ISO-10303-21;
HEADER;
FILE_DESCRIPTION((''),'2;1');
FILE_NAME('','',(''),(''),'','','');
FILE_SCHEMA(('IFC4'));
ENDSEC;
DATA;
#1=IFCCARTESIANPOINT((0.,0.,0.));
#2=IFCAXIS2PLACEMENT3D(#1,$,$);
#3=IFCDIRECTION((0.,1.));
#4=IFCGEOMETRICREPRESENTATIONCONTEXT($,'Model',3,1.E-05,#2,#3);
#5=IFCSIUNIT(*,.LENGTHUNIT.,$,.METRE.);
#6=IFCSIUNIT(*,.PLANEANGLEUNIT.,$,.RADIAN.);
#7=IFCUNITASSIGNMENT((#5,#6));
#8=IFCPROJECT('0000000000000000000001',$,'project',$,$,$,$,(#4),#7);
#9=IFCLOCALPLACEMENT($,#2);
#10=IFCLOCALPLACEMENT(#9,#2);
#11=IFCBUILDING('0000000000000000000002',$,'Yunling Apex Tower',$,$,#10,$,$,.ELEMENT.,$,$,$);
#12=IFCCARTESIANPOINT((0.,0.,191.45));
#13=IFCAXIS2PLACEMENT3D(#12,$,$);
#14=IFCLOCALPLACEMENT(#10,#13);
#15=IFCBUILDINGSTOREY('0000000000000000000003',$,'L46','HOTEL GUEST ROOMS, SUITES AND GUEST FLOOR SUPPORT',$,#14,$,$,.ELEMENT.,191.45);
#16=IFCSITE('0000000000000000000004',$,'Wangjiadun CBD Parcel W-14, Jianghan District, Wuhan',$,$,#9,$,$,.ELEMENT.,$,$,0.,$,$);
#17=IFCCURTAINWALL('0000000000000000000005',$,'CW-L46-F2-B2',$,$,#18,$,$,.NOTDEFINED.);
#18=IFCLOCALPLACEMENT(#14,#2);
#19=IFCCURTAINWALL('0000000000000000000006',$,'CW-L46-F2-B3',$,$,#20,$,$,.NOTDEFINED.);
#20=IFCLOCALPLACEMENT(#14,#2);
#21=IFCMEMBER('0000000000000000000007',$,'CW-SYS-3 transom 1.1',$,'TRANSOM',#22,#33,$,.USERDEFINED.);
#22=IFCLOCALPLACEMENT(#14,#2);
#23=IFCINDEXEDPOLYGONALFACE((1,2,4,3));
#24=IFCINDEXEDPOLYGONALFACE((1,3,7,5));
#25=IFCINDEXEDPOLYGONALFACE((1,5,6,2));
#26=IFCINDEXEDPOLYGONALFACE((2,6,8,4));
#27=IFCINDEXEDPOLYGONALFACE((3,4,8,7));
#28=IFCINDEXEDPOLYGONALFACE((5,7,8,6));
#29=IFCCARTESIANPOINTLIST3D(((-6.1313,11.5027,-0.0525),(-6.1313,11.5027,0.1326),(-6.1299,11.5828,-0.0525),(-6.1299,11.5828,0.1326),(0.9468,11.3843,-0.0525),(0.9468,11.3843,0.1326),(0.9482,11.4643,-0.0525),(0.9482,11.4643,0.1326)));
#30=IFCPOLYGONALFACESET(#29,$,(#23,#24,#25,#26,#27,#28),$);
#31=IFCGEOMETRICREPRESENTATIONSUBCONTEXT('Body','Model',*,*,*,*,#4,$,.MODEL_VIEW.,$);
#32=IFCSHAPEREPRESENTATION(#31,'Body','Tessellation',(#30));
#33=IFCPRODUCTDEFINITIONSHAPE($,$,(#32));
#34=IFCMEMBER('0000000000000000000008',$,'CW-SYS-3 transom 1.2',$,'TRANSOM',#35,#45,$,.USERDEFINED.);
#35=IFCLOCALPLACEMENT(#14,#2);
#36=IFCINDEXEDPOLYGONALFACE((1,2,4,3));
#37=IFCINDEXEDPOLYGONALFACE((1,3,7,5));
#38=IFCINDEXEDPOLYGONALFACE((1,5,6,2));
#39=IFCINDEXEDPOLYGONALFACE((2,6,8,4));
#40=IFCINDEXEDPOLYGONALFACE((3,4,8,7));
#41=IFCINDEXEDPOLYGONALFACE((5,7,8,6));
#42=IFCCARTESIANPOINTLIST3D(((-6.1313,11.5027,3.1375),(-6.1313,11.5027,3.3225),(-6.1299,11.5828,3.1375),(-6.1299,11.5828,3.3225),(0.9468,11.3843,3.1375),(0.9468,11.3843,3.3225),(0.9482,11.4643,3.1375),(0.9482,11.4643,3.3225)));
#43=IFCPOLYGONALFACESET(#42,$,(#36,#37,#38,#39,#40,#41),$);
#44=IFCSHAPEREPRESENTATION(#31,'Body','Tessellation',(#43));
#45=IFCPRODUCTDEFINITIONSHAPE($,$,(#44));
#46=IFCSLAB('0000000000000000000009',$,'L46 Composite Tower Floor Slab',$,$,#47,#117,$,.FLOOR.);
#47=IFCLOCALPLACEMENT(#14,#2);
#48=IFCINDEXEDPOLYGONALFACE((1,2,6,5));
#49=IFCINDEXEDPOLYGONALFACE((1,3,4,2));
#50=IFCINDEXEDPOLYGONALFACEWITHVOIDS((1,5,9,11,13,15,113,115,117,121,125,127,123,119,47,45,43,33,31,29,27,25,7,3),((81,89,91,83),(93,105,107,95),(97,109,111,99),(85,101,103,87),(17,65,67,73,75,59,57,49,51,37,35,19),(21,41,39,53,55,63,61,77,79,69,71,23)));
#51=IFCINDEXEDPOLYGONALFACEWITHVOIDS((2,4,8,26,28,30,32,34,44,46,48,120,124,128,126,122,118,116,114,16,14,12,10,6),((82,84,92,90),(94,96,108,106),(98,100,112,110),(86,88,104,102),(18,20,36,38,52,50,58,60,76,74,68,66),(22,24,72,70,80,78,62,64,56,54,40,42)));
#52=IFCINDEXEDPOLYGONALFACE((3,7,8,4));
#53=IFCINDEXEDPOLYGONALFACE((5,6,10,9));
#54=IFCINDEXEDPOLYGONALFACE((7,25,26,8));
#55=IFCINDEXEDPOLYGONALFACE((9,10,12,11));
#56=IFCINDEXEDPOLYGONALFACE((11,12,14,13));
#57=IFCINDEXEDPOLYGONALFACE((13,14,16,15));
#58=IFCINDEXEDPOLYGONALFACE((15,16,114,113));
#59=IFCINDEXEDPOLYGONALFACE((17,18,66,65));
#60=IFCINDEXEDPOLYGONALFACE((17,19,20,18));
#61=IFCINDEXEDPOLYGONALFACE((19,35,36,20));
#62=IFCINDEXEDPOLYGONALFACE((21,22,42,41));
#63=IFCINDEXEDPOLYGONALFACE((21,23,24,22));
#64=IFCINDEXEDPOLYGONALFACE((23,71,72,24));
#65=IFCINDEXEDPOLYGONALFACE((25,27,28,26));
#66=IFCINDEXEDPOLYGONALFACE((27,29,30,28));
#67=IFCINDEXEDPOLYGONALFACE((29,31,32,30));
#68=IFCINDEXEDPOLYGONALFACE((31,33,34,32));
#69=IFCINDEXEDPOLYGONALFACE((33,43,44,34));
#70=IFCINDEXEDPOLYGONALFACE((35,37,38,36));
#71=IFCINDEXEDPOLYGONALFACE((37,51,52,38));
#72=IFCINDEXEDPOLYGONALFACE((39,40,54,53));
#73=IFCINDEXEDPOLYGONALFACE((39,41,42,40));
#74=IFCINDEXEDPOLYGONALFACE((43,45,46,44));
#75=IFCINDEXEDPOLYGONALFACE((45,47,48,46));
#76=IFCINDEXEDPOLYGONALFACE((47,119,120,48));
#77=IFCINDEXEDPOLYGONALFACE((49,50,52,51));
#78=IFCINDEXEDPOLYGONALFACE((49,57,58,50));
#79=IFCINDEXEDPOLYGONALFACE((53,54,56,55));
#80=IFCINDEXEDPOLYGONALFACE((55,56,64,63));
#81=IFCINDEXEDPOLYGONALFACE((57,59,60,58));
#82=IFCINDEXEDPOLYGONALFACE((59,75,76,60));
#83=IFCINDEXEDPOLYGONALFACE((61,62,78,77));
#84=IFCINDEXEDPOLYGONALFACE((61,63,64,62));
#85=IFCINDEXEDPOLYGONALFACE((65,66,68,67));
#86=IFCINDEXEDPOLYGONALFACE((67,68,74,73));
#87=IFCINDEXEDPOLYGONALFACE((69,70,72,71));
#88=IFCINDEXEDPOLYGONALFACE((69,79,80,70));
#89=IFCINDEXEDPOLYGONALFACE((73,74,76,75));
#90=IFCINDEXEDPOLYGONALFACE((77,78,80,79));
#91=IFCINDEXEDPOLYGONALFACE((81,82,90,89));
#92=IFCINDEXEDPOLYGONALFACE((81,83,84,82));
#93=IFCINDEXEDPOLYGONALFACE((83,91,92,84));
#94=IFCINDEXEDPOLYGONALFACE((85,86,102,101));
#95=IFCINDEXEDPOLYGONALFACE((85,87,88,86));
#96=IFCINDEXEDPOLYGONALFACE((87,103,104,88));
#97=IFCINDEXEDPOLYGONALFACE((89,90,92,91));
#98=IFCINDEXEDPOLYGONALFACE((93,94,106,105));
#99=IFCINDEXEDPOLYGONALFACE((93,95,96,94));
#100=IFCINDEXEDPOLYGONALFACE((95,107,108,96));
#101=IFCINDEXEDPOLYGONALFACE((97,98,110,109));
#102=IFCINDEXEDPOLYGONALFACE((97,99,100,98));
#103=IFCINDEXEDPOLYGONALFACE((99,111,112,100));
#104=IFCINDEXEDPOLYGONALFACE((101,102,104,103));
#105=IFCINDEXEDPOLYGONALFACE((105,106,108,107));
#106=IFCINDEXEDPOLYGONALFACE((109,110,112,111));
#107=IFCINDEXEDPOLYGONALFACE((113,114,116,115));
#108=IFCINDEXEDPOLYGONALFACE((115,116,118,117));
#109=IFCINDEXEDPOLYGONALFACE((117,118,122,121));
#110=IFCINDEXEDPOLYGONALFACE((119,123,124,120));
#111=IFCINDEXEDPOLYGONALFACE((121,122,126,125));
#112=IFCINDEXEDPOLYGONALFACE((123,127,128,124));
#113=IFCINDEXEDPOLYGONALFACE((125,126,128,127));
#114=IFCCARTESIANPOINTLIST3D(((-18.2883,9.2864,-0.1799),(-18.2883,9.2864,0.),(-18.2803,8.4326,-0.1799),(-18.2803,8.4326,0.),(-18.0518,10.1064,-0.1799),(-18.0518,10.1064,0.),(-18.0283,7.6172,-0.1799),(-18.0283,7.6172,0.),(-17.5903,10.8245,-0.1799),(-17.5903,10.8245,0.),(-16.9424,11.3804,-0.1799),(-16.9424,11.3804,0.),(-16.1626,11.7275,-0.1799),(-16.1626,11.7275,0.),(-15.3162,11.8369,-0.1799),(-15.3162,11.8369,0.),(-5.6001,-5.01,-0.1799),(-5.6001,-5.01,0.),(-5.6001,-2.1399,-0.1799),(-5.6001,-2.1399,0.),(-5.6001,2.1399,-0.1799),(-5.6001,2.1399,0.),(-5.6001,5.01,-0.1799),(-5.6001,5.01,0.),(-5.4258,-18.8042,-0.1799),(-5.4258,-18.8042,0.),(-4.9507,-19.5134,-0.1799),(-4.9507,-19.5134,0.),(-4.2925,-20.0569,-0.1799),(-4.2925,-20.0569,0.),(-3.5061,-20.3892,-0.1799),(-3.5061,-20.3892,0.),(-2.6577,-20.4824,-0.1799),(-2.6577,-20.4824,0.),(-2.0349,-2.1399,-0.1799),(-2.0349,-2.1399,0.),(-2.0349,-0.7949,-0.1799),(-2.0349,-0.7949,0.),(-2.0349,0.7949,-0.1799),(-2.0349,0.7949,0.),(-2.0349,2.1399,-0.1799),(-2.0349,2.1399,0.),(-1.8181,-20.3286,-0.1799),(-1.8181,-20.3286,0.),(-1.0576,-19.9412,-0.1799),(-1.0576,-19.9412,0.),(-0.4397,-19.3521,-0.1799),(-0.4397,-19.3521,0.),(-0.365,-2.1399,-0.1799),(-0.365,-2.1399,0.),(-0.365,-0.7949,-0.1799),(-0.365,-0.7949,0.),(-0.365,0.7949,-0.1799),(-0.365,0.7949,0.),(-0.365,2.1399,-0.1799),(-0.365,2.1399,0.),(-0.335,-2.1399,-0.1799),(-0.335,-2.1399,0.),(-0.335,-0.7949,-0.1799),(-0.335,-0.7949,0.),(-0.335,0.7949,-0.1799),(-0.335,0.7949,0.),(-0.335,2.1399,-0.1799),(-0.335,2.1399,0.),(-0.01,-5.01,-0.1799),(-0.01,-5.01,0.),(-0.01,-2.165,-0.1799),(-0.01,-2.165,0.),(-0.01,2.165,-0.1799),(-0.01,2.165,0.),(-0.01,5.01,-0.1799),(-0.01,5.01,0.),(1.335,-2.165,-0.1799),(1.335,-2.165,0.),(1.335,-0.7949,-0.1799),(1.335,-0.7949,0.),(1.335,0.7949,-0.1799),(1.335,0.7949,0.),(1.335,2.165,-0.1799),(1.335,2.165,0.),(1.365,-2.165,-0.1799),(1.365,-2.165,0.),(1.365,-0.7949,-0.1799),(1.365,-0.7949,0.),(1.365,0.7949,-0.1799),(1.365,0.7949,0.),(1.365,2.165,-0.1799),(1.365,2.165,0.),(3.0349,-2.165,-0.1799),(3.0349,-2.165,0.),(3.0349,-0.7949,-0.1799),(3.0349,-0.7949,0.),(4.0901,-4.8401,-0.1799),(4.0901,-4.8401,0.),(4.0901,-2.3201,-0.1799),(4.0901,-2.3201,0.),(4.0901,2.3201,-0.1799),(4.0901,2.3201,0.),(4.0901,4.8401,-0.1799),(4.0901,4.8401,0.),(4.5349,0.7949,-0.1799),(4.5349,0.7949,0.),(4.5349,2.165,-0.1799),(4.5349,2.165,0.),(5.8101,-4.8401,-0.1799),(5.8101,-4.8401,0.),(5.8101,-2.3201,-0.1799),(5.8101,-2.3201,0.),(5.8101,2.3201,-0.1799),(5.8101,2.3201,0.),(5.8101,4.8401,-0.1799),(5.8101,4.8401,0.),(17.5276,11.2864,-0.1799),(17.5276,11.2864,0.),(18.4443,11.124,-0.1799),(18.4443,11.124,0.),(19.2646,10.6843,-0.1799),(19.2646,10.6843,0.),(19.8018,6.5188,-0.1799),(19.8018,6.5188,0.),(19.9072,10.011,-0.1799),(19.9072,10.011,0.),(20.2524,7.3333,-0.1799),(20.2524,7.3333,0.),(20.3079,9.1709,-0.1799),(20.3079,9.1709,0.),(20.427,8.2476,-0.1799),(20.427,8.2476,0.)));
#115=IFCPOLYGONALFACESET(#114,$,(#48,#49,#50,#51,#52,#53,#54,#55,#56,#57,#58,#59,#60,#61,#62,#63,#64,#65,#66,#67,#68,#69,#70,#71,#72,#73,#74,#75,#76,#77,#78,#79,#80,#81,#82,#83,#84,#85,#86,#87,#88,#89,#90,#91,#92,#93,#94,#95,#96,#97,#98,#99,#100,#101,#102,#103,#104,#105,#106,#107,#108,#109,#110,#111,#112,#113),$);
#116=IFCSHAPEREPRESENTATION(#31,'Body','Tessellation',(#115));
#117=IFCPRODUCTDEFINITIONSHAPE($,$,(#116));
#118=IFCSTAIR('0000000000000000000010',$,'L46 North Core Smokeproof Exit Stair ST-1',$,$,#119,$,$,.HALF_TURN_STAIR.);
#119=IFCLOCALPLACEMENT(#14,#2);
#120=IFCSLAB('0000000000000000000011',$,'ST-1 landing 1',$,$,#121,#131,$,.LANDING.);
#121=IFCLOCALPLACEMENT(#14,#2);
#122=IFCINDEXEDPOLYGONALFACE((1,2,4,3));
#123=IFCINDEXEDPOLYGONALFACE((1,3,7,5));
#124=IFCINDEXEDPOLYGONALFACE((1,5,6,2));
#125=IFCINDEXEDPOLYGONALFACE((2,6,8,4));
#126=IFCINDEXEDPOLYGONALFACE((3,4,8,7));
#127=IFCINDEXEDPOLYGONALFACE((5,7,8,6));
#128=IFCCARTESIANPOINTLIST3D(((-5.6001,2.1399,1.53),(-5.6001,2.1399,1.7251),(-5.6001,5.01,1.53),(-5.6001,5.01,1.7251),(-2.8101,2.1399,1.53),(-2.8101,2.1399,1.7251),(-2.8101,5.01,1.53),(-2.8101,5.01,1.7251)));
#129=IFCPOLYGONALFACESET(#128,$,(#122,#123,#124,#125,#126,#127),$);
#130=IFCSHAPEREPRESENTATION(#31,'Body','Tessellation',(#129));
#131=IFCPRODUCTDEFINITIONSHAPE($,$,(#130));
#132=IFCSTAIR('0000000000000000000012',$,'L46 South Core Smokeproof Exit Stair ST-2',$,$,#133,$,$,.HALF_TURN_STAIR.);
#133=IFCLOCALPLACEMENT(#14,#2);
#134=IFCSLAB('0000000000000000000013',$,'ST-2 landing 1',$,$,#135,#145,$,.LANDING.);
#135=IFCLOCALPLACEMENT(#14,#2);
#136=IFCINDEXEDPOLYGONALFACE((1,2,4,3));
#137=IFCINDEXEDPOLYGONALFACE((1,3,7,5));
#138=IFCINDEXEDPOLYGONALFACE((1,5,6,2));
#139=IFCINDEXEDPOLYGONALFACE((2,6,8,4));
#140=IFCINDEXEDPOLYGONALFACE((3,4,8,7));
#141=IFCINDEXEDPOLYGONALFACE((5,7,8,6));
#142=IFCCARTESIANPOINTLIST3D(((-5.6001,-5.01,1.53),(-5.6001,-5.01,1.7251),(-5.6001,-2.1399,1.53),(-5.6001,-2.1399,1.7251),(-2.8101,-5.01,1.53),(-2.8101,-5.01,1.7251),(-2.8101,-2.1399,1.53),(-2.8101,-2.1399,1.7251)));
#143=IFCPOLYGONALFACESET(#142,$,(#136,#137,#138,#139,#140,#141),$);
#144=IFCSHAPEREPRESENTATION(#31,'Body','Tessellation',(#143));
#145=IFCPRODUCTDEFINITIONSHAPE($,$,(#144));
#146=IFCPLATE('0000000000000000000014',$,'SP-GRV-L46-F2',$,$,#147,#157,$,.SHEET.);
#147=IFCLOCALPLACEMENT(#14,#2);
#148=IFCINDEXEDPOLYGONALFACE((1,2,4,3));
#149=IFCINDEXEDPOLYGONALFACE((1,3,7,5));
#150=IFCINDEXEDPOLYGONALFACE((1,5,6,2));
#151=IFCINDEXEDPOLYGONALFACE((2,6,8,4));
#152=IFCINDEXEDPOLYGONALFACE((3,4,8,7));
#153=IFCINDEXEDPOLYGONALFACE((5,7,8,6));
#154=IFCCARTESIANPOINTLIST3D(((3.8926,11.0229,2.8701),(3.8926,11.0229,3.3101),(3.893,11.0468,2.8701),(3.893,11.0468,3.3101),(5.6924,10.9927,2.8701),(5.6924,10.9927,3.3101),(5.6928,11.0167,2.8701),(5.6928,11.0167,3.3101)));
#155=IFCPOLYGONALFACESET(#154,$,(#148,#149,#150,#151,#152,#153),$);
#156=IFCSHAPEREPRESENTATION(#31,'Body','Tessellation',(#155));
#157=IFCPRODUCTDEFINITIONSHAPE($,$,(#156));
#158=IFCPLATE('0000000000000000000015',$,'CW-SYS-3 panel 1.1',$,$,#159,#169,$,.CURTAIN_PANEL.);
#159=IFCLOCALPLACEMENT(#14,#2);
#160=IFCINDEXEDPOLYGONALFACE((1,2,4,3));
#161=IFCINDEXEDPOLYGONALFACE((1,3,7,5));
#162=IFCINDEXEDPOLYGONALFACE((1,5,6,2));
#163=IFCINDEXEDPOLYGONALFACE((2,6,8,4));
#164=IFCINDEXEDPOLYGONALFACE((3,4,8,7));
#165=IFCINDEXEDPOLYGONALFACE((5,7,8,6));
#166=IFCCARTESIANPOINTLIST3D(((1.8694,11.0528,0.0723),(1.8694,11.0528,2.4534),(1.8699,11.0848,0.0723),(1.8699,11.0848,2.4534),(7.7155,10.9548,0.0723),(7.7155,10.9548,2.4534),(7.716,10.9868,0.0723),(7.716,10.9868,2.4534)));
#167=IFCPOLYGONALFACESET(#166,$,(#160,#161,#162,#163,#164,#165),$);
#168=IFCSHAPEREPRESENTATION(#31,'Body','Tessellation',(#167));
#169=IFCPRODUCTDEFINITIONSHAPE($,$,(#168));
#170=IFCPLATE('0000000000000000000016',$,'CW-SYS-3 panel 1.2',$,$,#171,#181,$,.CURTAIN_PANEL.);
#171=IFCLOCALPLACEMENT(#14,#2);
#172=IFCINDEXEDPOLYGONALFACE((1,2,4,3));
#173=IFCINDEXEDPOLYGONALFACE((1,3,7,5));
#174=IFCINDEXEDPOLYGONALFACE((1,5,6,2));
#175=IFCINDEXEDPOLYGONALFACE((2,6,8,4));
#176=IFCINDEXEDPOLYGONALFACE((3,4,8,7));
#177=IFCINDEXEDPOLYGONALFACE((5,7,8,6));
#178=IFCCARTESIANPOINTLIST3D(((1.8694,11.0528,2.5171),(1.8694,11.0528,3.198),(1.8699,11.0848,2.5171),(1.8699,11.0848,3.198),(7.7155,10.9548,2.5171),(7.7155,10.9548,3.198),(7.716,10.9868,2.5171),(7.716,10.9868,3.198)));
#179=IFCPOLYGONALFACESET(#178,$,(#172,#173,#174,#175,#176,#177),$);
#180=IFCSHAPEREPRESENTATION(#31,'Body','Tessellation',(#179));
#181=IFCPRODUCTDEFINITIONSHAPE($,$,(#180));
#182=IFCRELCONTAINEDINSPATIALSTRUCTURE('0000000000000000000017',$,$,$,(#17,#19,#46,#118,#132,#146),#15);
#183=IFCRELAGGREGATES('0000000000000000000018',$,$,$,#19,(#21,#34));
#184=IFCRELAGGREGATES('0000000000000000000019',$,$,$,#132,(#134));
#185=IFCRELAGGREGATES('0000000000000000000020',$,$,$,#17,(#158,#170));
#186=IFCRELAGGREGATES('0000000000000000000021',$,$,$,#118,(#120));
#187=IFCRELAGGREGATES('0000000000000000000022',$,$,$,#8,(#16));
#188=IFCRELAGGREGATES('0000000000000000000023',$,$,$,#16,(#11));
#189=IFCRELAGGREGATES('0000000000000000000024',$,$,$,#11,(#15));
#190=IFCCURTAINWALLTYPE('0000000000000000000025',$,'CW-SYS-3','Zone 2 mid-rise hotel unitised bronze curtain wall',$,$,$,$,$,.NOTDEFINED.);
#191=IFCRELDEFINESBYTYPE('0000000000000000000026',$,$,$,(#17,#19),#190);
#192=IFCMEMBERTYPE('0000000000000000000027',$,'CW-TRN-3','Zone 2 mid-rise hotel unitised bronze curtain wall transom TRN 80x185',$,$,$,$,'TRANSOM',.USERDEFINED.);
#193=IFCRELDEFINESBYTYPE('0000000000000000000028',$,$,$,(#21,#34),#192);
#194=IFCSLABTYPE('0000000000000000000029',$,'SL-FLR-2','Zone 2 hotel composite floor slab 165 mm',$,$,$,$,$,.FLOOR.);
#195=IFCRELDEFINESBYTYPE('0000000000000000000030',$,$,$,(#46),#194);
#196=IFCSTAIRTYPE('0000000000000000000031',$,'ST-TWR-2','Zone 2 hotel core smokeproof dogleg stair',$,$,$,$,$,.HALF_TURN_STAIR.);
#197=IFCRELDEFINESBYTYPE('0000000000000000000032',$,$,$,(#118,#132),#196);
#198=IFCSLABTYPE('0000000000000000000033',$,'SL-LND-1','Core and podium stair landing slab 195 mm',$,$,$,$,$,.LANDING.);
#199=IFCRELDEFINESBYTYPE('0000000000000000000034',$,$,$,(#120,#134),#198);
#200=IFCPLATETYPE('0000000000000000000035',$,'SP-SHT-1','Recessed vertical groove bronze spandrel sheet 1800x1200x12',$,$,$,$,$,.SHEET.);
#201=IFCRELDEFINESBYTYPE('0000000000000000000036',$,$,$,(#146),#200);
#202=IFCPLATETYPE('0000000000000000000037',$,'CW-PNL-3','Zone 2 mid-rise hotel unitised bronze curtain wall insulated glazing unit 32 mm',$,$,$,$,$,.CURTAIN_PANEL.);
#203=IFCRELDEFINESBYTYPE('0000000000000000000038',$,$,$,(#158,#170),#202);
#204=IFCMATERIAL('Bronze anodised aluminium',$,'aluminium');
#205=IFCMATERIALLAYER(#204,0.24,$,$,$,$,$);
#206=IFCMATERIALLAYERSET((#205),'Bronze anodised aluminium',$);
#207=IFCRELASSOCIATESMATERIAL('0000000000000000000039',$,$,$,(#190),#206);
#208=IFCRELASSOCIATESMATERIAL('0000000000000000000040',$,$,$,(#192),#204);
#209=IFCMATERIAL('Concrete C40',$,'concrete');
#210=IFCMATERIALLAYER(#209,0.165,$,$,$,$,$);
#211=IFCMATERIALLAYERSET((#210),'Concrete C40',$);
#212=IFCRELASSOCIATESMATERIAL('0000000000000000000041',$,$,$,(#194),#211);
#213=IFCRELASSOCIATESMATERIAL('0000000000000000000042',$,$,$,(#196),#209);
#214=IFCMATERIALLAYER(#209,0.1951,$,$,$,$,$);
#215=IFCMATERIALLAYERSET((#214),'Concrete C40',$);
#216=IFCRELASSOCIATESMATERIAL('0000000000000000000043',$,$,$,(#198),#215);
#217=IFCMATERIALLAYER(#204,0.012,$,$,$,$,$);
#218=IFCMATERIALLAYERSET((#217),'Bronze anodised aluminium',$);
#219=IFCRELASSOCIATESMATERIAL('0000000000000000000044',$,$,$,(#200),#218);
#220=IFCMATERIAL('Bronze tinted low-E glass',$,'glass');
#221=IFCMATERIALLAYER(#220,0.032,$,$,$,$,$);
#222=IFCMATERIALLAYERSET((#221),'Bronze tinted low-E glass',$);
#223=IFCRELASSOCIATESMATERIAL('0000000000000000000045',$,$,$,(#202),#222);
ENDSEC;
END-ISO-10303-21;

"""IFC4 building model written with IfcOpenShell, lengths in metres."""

from ifc_helpers import new_model, si_unit, direction, frame, origin, origin_2d, place, context, subcontext, project, spatial, polyline, rectangle, outline, extrude, source, transform, mapped, material, layer, layer_set, material_profile, profile_set, type_object, element, aggregate, save


model = new_model("IFC4")

# Units and contexts
model_context = context("Model", 3, precision=1e-05, world=origin(), true_north=direction((0.0, 1.0)))
body_context = subcontext(model_context, "Body", "Model", "MODEL_VIEW")
ifc_project = project(units=[si_unit("LENGTHUNIT", "METRE"), si_unit("PLANEANGLEUNIT", "RADIAN")], contexts=[model_context])

# Site, building, storey
site_placement = place(None, origin())
site = spatial("IfcSite", under=ifc_project, at=site_placement, Name="Wangjiadun CBD Parcel W-14, Jianghan District, Wuhan", CompositionType="ELEMENT", RefElevation=0.0)
building_placement = place(site_placement, origin())
building = spatial("IfcBuilding", under=site, at=building_placement, Name="Yunling Apex Tower", CompositionType="ELEMENT")
storey_placement = place(building_placement, frame((0.0, 0.0, 191.45)))
storey = spatial("IfcBuildingStorey", under=building, at=storey_placement, Name="L46", Description="HOTEL GUEST ROOMS, SUITES AND GUEST FLOOR SUPPORT", CompositionType="ELEMENT", Elevation=191.45)

# Curtain wall
ifc_material_1 = material(Name="Bronze anodised aluminium", Category="aluminium")
ifc_layer_1 = layer(ifc_material_1, 0.24)
ifc_layer_set_1 = layer_set([ifc_layer_1], Name="Bronze anodised aluminium")
curtain_wall_type = type_object("IfcCurtainWallType", Name="CW-SYS-3", Description="Zone 2 mid-rise hotel unitised bronze curtain wall", PredefinedType="NOTDEFINED", material=ifc_layer_set_1)
curtain_wall_1_placement = place(storey_placement, origin())
curtain_wall_1 = element("IfcCurtainWall", 1, at=curtain_wall_1_placement, inside=storey, type_object=curtain_wall_type, Name="CW-L46-F2-B2", PredefinedType="NOTDEFINED")

# Curtain wall, members
curtain_wall_2_placement = place(storey_placement, origin())
curtain_wall_2 = element("IfcCurtainWall", 2, at=curtain_wall_2_placement, inside=storey, type_object=curtain_wall_type, Name="CW-L46-F2-B3", PredefinedType="NOTDEFINED")
ifc_material_profile_1 = material_profile(ifc_material_1, rectangle(XDim=0.0801, YDim=0.1851, at=origin_2d()))
ifc_profile_set_1 = profile_set([ifc_material_profile_1], Name="Bronze anodised aluminium")
member_type_1 = type_object("IfcMemberType", Name="CW-TRN-3", Description="Zone 2 mid-rise hotel unitised bronze curtain wall transom TRN 80x185", ElementType="TRANSOM", PredefinedType="USERDEFINED", material=ifc_profile_set_1)
shared_shape_1 = source(origin(), body_context, "Body", "SweptSolid", [
    extrude(rectangle(XDim=0.0801, YDim=0.1851, at=origin_2d()), origin(), (0.0, 0.0, 1.0), 7.0791),
])
member_1_placement = place(storey_placement, frame((0.9475, 11.4243, 0.04), z_axis=(-0.99986, 0.016726, 0.0), x_axis=(-0.016726, -0.99986, 0.0)))
member_1 = element("IfcMember", 3, at=member_1_placement, type_object=member_type_1, Name="CW-SYS-3 transom 1.1", ObjectType="TRANSOM", PredefinedType="USERDEFINED", context=body_context, shape_type="MappedRepresentation", body=[
    mapped(shared_shape_1, transform((0.0, 0.0, 0.0), scale=1.0)),
])
member_2_placement = place(storey_placement, frame((0.9475, 11.4243, 3.23), z_axis=(-0.99986, 0.016726, 0.0), x_axis=(-0.016726, -0.99986, 0.0)))
member_2 = element("IfcMember", 4, at=member_2_placement, type_object=member_type_1, Name="CW-SYS-3 transom 1.2", ObjectType="TRANSOM", PredefinedType="USERDEFINED", context=body_context, shape_type="MappedRepresentation", body=[
    mapped(shared_shape_1, transform((0.0, 0.0, 0.0), scale=1.0)),
])
aggregate(curtain_wall_2, [member_1, member_2])

# Slab
ifc_material_2 = material(Name="Concrete C40", Category="concrete")
ifc_layer_2 = layer(ifc_material_2, 0.165)
ifc_layer_set_2 = layer_set([ifc_layer_2], Name="Concrete C40")
slab_type_1 = type_object("IfcSlabType", Name="SL-FLR-2", Description="Zone 2 hotel composite floor slab 165 mm", PredefinedType="FLOOR", material=ifc_layer_set_2)
slab_1_placement = place(storey_placement, frame((0.0, 0.0, -0.1799)))
element("IfcSlab", 5, at=slab_1_placement, inside=storey, type_object=slab_type_1, Name="L46 Composite Tower Floor Slab", PredefinedType="FLOOR", context=body_context, shape_type="SweptSolid", body=[
    extrude(outline(polyline([(-5.4258, -18.8042), (-4.9507, -19.5134), (-4.2925, -20.0569), (-3.5061, -20.3892), (-2.6577, -20.4824), (-1.8181, -20.3286), (-1.0576, -19.9412), (-0.4397, -19.3521), (19.8018, 6.5188), (20.2524, 7.3333), (20.427, 8.2476), (20.3079, 9.1709), (19.9072, 10.011), (19.2646, 10.6843), (18.4443, 11.124), (17.5276, 11.2864), (-15.3162, 11.8369), (-16.1626, 11.7275), (-16.9424, 11.3804), (-17.5903, 10.8245), (-18.0518, 10.1064), (-18.2883, 9.2864), (-18.2803, 8.4326), (-18.0283, 7.6172), (-5.4258, -18.8042)]), holes=[polyline([(5.8101, -2.3201), (5.8101, -4.8401), (4.0901, -4.8401), (4.0901, -2.3201), (5.8101, -2.3201)]), polyline([(5.8101, 4.8401), (5.8101, 2.3201), (4.0901, 2.3201), (4.0901, 4.8401), (5.8101, 4.8401)]), polyline([(4.5349, 0.7949), (1.365, 0.7949), (1.365, 2.165), (4.5349, 2.165), (4.5349, 0.7949)]), polyline([(3.0349, -0.7949), (3.0349, -2.165), (1.365, -2.165), (1.365, -0.7949), (3.0349, -0.7949)]), polyline([(-2.0349, -0.7949), (-0.365, -0.7949), (-0.365, -2.1399), (-0.335, -2.1399), (-0.335, -0.7949), (1.335, -0.7949), (1.335, -2.165), (-0.01, -2.165), (-0.01, -5.01), (-5.6001, -5.01), (-5.6001, -2.1399), (-2.0349, -2.1399), (-2.0349, -0.7949)]), polyline([(-5.6001, 2.1399), (-5.6001, 5.01), (-0.01, 5.01), (-0.01, 2.165), (1.335, 2.165), (1.335, 0.7949), (-0.335, 0.7949), (-0.335, 2.1399), (-0.365, 2.1399), (-0.365, 0.7949), (-2.0349, 0.7949), (-2.0349, 2.1399), (-5.6001, 2.1399)])]), origin(), (0.0, 0.0, 1.0), 0.1799),
])

# Stairs, slabs
stair_type = type_object("IfcStairType", Name="ST-TWR-2", Description="Zone 2 hotel core smokeproof dogleg stair", PredefinedType="HALF_TURN_STAIR", material=ifc_material_2)
stair_1_placement = place(storey_placement, origin())
stair_1 = element("IfcStair", 6, at=stair_1_placement, inside=storey, type_object=stair_type, Name="L46 North Core Smokeproof Exit Stair ST-1", PredefinedType="HALF_TURN_STAIR")
ifc_layer_3 = layer(ifc_material_2, 0.1951)
ifc_layer_set_3 = layer_set([ifc_layer_3], Name="Concrete C40")
slab_type_2 = type_object("IfcSlabType", Name="SL-LND-1", Description="Core and podium stair landing slab 195 mm", PredefinedType="LANDING", material=ifc_layer_set_3)
slab_2_placement = place(storey_placement, frame((0.0, 0.0, 1.53)))
slab_2 = element("IfcSlab", 7, at=slab_2_placement, type_object=slab_type_2, Name="ST-1 landing 1", PredefinedType="LANDING", context=body_context, shape_type="SweptSolid", body=[
    extrude(outline(polyline([(-2.8101, 5.01), (-5.6001, 5.01), (-5.6001, 2.1399), (-2.8101, 2.1399), (-2.8101, 5.01)])), origin(), (0.0, 0.0, 1.0), 0.1951),
])
stair_2_placement = place(storey_placement, origin())
stair_2 = element("IfcStair", 8, at=stair_2_placement, inside=storey, type_object=stair_type, Name="L46 South Core Smokeproof Exit Stair ST-2", PredefinedType="HALF_TURN_STAIR")
slab_3_placement = place(storey_placement, frame((0.0, 0.0, 1.53)))
slab_3 = element("IfcSlab", 9, at=slab_3_placement, type_object=slab_type_2, Name="ST-2 landing 1", PredefinedType="LANDING", context=body_context, shape_type="SweptSolid", body=[
    extrude(outline(polyline([(-2.8101, -2.1399), (-5.6001, -2.1399), (-5.6001, -5.01), (-2.8101, -5.01), (-2.8101, -2.1399)])), origin(), (0.0, 0.0, 1.0), 0.1951),
])
aggregate(stair_2, [slab_3])

# Plates
ifc_layer_4 = layer(ifc_material_1, 0.012)
ifc_layer_set_4 = layer_set([ifc_layer_4], Name="Bronze anodised aluminium")
plate_type_1 = type_object("IfcPlateType", Name="SP-SHT-1", Description="Recessed vertical groove bronze spandrel sheet 1800x1200x12", PredefinedType="SHEET", material=ifc_layer_set_4)
shared_shape_2 = source(origin(), body_context, "Body", "SweptSolid", [
    extrude(rectangle(XDim=1.8, YDim=0.0239, at=origin_2d()), origin(), (0.0, 0.0, 1.0), 0.4399),
])
plate_1_placement = place(storey_placement, frame((4.7927, 11.0198, 2.8701), z_axis=(0.0, 0.0, 1.0), x_axis=(-0.99986, 0.016754, 0.0)))
element("IfcPlate", 10, at=plate_1_placement, inside=storey, type_object=plate_type_1, Name="SP-GRV-L46-F2", PredefinedType="SHEET", context=body_context, shape_type="MappedRepresentation", body=[
    mapped(shared_shape_2, transform((0.0, 0.0, 0.0), scale=1.0)),
])
ifc_material_3 = material(Name="Bronze tinted low-E glass", Category="glass")
ifc_layer_5 = layer(ifc_material_3, 0.032)
ifc_layer_set_5 = layer_set([ifc_layer_5], Name="Bronze tinted low-E glass")
plate_type_2 = type_object("IfcPlateType", Name="CW-PNL-3", Description="Zone 2 mid-rise hotel unitised bronze curtain wall insulated glazing unit 32 mm", PredefinedType="CURTAIN_PANEL", material=ifc_layer_set_5)
shared_shape_3 = source(origin(), body_context, "Body", "SweptSolid", [
    extrude(rectangle(XDim=5.8469, YDim=0.032, at=origin_2d()), origin(), (0.0, 0.0, 1.0), 2.3811),
])
plate_2_placement = place(storey_placement, frame((4.7927, 11.0198, 0.0723), z_axis=(0.0, 0.0, 1.0), x_axis=(-0.99986, 0.016759, 0.0)))
plate_2 = element("IfcPlate", 11, at=plate_2_placement, type_object=plate_type_2, Name="CW-SYS-3 panel 1.1", PredefinedType="CURTAIN_PANEL", context=body_context, shape_type="MappedRepresentation", body=[
    mapped(shared_shape_3, transform((0.0, 0.0, 0.0), scale=1.0)),
])
shared_shape_4 = source(origin(), body_context, "Body", "SweptSolid", [
    extrude(rectangle(XDim=5.8469, YDim=0.032, at=origin_2d()), origin(), (0.0, 0.0, 1.0), 0.6809),
])
plate_3_placement = place(storey_placement, frame((4.7927, 11.0198, 2.5171), z_axis=(0.0, 0.0, 1.0), x_axis=(-0.99986, 0.016759, 0.0)))
plate_3 = element("IfcPlate", 12, at=plate_3_placement, type_object=plate_type_2, Name="CW-SYS-3 panel 1.2", PredefinedType="CURTAIN_PANEL", context=body_context, shape_type="MappedRepresentation", body=[
    mapped(shared_shape_4, transform((0.0, 0.0, 0.0), scale=1.0)),
])
aggregate(curtain_wall_1, [plate_2, plate_3])

aggregate(stair_1, [slab_2])

save(model, "model.ifc")
